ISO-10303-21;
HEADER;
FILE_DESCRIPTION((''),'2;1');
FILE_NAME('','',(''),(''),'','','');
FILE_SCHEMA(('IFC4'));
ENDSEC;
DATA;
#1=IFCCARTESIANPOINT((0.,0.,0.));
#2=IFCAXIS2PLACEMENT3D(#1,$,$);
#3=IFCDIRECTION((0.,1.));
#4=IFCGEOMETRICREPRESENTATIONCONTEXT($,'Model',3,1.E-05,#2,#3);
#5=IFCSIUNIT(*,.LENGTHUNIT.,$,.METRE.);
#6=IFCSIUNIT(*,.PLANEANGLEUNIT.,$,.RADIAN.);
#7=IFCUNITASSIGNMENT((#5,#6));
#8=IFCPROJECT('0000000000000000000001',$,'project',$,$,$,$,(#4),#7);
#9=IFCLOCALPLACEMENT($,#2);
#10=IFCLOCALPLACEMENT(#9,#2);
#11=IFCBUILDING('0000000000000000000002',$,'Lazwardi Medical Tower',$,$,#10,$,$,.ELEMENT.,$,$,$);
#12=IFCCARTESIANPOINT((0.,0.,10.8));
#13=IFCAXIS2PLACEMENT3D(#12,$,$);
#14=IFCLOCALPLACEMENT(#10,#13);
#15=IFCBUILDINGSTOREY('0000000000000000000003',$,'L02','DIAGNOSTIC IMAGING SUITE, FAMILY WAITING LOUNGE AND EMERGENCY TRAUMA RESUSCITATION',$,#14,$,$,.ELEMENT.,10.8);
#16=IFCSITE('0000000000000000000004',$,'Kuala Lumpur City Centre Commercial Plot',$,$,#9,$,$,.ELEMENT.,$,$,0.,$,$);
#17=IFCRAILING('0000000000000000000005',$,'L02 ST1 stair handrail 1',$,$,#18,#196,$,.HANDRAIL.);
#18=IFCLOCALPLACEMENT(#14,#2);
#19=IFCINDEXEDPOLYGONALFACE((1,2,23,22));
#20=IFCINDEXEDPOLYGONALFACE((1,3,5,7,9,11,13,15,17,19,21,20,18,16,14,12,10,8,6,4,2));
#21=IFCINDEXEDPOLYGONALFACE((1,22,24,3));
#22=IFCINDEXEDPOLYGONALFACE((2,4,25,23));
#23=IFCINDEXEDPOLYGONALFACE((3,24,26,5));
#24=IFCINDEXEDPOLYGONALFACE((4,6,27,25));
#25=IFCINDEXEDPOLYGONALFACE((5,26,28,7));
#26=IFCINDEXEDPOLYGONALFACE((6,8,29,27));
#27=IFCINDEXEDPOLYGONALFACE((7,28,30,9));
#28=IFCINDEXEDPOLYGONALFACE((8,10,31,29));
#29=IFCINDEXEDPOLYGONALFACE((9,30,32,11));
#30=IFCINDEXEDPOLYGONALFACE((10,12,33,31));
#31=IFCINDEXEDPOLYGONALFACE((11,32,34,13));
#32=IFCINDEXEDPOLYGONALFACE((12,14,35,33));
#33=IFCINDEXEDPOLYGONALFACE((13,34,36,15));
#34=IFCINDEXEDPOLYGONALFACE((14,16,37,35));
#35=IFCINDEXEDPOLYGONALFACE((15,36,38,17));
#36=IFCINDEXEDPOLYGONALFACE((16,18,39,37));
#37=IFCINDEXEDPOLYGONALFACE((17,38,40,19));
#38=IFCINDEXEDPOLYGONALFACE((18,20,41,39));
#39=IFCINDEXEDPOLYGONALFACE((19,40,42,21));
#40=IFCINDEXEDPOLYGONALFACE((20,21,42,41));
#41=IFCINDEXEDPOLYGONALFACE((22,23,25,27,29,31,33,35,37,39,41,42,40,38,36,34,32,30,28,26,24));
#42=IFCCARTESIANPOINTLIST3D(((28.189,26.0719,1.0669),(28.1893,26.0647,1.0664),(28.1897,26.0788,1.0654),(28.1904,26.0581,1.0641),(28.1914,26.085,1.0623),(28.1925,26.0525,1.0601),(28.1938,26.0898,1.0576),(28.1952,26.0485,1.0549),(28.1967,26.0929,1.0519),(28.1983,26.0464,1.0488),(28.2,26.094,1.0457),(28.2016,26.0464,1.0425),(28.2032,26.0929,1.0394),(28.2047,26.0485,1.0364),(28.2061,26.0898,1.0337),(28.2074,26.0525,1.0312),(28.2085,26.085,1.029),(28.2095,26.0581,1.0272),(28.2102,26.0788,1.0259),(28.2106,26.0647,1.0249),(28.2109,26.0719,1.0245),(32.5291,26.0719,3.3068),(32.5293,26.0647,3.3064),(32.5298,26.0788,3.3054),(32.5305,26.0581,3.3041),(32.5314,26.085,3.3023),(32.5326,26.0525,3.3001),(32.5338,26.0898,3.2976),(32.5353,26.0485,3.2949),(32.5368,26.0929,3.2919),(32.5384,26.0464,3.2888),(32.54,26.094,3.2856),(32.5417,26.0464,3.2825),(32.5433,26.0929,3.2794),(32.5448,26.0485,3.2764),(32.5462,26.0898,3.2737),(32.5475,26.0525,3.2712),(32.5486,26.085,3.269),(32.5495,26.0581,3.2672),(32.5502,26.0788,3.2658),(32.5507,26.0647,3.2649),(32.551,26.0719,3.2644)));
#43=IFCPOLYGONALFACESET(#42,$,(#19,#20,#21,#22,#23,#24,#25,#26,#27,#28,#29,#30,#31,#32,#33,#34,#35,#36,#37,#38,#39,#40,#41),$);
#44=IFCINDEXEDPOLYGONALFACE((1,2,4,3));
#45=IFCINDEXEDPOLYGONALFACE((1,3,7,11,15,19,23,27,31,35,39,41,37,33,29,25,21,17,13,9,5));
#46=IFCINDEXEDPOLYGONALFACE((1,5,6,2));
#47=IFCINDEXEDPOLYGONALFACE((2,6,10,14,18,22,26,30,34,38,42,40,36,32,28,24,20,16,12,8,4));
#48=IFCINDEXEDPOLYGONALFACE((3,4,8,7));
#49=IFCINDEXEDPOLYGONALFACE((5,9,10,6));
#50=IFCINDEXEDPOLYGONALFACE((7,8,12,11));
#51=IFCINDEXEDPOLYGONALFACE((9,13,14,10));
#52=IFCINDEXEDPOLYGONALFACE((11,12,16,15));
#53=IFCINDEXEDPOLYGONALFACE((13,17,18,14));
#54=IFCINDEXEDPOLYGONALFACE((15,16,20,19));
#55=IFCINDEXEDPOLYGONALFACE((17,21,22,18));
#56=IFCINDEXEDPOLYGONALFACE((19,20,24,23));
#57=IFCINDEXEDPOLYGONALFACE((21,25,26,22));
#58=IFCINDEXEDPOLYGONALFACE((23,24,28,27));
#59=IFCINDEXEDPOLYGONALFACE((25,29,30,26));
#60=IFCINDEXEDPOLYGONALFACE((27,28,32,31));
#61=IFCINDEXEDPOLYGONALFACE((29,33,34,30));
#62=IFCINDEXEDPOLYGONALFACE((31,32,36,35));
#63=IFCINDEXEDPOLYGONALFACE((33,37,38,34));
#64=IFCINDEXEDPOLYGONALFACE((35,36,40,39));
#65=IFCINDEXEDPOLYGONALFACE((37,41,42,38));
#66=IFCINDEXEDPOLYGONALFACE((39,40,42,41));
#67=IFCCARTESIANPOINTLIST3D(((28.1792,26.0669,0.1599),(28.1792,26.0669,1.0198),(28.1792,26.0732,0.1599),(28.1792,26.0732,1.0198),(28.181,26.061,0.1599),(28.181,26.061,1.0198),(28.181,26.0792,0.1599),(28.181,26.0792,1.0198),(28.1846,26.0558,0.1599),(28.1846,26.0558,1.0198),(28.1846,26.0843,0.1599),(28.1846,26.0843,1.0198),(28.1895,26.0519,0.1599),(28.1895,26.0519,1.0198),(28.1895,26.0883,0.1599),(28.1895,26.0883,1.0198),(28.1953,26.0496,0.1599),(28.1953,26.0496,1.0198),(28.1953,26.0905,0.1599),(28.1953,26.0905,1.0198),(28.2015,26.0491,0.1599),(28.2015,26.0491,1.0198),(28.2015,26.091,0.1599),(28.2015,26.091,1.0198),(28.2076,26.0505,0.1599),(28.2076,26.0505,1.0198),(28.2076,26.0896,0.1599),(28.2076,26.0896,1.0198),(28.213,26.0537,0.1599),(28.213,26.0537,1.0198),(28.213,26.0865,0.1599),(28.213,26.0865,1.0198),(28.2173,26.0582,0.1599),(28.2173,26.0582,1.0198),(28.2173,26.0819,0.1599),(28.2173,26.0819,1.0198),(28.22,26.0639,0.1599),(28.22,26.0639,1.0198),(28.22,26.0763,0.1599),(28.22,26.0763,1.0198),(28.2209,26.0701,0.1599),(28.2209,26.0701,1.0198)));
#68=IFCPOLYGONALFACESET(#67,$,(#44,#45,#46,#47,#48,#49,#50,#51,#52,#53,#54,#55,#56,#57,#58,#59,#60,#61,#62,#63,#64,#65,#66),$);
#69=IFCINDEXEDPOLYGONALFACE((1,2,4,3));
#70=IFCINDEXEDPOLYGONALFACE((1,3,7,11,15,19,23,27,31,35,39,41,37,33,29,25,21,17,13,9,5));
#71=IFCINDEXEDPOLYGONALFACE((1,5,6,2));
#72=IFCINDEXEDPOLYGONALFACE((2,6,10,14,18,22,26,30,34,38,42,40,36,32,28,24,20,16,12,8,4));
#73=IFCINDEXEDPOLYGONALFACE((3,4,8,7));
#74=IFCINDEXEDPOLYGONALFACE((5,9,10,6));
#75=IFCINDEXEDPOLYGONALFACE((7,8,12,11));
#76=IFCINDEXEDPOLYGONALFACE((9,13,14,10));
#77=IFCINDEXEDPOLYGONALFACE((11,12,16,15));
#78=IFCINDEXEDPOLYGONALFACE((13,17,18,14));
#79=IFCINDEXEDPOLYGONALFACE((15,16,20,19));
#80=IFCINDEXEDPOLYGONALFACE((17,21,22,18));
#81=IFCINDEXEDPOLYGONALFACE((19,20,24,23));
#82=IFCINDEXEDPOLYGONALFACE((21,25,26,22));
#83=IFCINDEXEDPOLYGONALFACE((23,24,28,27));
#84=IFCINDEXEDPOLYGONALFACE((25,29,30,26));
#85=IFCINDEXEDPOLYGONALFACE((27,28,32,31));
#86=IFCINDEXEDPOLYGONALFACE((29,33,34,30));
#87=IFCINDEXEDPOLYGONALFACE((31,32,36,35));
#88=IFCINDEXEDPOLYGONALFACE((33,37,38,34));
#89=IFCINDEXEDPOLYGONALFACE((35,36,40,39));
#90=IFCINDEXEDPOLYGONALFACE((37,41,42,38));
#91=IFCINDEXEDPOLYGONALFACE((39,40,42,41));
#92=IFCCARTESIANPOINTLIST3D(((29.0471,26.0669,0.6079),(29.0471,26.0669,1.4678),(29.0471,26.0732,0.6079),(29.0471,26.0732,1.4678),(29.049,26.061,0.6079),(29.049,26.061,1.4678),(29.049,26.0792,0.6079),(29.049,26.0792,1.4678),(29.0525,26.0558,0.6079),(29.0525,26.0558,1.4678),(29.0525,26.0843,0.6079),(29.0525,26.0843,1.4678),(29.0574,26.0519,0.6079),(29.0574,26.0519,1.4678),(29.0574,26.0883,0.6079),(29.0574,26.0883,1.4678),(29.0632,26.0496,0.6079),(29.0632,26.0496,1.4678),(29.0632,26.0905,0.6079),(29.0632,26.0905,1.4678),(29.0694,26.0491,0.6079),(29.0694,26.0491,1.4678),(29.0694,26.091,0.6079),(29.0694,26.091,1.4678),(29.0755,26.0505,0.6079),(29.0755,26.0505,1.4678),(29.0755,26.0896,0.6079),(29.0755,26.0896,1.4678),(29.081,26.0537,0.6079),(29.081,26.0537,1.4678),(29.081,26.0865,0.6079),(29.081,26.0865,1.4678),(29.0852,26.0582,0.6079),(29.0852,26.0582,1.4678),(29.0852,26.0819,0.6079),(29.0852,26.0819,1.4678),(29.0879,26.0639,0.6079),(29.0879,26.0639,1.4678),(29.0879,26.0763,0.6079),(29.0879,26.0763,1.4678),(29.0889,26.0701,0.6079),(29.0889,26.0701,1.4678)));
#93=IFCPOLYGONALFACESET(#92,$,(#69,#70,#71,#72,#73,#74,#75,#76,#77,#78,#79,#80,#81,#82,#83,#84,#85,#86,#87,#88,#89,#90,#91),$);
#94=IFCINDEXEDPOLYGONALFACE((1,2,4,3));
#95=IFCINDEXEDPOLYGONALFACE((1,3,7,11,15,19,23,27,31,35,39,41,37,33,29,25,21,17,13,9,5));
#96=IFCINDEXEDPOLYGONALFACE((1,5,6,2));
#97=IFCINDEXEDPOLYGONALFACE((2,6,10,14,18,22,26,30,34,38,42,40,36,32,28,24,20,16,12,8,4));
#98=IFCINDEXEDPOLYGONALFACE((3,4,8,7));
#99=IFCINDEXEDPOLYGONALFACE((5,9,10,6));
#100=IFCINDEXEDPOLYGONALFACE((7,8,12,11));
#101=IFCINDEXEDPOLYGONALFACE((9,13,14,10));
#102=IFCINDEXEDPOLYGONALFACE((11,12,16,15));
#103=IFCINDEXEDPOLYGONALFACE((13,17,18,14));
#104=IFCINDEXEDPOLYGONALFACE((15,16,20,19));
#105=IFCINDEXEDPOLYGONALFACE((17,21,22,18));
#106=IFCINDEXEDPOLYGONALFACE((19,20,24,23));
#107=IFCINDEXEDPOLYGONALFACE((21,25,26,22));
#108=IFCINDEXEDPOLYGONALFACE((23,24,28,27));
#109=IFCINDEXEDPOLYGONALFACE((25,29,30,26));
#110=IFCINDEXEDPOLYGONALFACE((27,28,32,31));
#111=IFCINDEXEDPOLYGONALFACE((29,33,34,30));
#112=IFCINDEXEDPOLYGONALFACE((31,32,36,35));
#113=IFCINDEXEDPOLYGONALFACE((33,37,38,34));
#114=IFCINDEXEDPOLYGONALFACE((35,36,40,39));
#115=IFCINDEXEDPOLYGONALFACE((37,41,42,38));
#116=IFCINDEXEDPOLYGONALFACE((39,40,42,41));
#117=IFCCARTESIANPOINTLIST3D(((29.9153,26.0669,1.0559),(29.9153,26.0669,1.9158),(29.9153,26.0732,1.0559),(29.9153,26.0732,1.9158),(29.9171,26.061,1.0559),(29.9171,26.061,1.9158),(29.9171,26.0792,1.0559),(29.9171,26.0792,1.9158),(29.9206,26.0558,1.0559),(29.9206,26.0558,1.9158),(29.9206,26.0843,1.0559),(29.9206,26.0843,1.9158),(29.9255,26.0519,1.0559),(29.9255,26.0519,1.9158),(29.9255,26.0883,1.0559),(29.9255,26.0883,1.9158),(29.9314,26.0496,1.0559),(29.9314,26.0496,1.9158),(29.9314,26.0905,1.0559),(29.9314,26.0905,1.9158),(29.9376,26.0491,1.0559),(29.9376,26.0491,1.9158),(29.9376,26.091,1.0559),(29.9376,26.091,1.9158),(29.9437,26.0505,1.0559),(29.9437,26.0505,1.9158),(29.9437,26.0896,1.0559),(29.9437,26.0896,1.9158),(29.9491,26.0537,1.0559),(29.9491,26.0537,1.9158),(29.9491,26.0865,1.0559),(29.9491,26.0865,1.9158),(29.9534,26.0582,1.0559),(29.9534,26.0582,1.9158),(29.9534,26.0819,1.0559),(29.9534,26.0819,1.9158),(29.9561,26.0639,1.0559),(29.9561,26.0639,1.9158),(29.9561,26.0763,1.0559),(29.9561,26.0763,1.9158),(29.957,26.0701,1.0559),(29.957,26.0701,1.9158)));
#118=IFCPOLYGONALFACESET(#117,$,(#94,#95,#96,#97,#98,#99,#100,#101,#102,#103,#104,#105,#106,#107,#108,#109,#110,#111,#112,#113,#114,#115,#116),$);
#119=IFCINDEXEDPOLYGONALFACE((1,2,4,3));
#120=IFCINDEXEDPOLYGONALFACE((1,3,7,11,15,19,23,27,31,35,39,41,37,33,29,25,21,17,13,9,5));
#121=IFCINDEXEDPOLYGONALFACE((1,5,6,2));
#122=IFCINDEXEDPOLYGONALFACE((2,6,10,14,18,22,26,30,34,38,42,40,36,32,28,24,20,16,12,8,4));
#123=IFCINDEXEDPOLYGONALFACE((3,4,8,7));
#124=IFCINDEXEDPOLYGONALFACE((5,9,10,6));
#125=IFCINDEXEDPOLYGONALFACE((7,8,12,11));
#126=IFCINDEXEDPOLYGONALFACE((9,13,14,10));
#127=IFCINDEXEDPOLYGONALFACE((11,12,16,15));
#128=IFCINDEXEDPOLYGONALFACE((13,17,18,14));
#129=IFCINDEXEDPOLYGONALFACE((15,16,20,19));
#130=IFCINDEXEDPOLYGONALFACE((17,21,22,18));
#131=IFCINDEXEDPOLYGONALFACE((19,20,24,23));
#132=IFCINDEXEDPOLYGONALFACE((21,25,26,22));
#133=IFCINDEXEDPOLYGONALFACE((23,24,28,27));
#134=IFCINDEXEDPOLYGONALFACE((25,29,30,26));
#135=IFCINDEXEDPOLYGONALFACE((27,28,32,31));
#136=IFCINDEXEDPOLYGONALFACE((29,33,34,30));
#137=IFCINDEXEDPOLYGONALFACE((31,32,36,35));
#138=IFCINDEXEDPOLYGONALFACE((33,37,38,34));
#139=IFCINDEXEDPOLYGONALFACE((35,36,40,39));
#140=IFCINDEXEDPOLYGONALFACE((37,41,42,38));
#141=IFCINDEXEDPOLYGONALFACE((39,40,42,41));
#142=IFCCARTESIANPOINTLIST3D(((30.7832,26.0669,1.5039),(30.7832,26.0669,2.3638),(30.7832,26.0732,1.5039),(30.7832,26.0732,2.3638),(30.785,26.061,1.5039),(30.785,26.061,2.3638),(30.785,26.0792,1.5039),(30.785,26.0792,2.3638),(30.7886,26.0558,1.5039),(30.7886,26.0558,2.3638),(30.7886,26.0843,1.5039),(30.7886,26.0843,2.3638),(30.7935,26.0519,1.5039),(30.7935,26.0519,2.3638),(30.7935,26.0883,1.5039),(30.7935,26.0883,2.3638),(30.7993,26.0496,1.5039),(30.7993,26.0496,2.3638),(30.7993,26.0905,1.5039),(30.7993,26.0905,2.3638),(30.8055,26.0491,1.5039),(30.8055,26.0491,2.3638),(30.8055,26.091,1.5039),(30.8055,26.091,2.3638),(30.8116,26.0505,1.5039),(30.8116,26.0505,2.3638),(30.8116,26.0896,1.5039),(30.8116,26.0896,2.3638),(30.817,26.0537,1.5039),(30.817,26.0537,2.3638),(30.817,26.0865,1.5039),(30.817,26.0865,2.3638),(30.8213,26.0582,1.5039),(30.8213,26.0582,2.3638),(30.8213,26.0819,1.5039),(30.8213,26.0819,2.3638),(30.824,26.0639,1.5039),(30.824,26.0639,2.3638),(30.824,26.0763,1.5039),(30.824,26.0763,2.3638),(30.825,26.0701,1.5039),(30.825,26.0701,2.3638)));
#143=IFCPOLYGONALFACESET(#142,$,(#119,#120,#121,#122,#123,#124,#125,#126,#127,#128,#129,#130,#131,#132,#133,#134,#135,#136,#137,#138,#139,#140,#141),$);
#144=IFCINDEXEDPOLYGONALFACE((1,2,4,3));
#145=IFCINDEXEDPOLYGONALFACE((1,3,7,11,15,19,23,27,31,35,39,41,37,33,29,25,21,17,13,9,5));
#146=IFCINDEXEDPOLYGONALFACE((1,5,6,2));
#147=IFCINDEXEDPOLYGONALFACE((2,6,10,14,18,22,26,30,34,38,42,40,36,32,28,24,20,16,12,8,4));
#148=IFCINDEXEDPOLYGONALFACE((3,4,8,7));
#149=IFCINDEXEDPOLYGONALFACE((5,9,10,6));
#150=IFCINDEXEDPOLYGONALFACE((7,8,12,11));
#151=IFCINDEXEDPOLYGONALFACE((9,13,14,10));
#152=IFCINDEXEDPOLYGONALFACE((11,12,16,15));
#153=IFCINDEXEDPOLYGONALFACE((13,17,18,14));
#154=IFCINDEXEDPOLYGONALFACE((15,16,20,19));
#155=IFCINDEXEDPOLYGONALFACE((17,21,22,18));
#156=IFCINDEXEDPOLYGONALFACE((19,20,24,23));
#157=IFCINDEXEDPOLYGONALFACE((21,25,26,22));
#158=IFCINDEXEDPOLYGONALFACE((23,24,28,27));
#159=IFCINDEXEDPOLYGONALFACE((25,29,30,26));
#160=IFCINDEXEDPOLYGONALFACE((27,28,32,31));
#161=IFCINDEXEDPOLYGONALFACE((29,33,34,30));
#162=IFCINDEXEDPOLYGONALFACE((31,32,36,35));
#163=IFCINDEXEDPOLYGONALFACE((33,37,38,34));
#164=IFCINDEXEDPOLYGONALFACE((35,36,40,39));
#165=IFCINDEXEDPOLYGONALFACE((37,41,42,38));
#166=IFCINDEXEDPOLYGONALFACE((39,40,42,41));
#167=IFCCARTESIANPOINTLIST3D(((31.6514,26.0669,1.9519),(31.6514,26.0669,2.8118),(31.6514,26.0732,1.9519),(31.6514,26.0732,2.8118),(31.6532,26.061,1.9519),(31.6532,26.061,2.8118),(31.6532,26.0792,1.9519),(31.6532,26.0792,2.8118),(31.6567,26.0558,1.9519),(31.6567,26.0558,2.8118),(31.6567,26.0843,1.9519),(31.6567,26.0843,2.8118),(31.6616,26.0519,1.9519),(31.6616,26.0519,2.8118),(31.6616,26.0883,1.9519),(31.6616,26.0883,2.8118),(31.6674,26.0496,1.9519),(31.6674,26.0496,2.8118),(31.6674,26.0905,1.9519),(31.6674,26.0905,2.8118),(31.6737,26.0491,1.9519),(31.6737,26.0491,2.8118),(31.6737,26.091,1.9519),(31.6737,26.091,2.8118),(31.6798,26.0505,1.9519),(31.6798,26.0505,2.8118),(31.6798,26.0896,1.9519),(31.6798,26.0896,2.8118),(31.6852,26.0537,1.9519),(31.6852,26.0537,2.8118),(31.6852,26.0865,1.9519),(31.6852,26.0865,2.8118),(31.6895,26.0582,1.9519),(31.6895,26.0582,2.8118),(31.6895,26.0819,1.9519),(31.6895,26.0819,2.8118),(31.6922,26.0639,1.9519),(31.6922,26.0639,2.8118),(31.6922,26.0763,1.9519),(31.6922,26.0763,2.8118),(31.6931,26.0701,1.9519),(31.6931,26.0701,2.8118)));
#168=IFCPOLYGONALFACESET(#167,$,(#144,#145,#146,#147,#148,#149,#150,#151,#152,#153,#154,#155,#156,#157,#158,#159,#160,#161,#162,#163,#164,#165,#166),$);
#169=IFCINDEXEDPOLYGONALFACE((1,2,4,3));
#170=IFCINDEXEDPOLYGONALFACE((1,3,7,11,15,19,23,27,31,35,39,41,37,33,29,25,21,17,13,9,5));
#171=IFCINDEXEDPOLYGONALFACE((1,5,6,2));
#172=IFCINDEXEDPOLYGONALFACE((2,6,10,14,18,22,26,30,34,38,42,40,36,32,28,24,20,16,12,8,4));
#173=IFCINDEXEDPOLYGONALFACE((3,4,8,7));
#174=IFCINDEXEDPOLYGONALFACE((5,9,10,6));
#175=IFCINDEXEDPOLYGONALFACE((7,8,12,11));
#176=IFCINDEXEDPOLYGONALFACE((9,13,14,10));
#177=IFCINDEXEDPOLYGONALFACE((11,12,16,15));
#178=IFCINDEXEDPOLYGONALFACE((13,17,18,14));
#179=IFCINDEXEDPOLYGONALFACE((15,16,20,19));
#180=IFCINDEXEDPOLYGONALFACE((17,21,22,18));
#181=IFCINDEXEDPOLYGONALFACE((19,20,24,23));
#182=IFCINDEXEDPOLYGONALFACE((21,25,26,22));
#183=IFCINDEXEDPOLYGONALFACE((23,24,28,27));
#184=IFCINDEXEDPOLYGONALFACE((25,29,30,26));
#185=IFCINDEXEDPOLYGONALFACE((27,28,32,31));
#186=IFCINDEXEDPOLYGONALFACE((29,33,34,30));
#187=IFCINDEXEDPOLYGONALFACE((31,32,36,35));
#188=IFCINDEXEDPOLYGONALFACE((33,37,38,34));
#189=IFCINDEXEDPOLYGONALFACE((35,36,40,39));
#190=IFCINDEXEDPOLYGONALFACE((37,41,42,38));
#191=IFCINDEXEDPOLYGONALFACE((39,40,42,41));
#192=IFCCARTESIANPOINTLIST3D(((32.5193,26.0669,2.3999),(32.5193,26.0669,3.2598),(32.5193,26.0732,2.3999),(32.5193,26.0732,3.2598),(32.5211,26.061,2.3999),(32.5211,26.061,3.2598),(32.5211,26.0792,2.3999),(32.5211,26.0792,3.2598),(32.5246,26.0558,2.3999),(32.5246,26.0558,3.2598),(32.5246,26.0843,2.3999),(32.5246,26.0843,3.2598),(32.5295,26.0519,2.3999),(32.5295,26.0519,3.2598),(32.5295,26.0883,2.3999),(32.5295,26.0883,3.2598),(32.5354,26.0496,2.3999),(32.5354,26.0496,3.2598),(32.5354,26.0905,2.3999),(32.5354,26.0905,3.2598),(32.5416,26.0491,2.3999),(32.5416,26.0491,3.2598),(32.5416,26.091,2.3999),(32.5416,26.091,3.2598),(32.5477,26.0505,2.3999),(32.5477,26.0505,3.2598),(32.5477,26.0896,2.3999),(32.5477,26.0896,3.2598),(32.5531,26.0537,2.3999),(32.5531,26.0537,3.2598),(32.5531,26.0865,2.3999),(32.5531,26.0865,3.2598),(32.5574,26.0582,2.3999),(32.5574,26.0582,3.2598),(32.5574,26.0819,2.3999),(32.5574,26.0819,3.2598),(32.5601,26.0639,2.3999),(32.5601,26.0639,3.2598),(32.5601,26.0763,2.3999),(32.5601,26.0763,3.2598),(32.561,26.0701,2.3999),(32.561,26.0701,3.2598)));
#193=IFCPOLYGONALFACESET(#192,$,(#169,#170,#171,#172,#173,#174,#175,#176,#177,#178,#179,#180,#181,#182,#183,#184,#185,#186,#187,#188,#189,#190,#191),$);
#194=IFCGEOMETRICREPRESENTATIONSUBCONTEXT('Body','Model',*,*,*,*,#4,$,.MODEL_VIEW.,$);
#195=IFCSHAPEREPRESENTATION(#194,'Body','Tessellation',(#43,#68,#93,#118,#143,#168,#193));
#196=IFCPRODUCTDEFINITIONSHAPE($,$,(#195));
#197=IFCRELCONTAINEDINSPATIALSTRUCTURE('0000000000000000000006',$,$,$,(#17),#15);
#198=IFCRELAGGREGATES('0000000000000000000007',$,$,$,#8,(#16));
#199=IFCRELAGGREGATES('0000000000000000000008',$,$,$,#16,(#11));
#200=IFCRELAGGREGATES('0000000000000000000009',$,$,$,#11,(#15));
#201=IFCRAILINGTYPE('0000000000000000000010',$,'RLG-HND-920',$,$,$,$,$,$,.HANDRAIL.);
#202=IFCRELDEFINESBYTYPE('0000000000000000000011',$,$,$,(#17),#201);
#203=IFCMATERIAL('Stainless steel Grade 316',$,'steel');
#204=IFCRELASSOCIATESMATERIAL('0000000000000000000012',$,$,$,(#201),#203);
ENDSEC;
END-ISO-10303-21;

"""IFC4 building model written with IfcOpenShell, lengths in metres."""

from ifc_helpers import new_model, si_unit, direction, frame, origin, origin_2d, place, context, subcontext, project, spatial, circle, extrude, material, type_object, element, save


model = new_model("IFC4")

# Units and contexts
model_context = context("Model", 3, precision=1e-05, world=origin(), true_north=direction((0.0, 1.0)))
body_context = subcontext(model_context, "Body", "Model", "MODEL_VIEW")
ifc_project = project(units=[si_unit("LENGTHUNIT", "METRE"), si_unit("PLANEANGLEUNIT", "RADIAN")], contexts=[model_context])

# Site, building, storey
site_placement = place(None, origin())
site = spatial("IfcSite", under=ifc_project, at=site_placement, Name="Kuala Lumpur City Centre Commercial Plot", CompositionType="ELEMENT", RefElevation=0.0)
building_placement = place(site_placement, origin())
building = spatial("IfcBuilding", under=site, at=building_placement, Name="Lazwardi Medical Tower", CompositionType="ELEMENT")
storey_placement = place(building_placement, frame((0.0, 0.0, 10.8)))
storey = spatial("IfcBuildingStorey", under=building, at=storey_placement, Name="L02", Description="DIAGNOSTIC IMAGING SUITE, FAMILY WAITING LOUNGE AND EMERGENCY TRAUMA RESUSCITATION", CompositionType="ELEMENT", Elevation=10.8)

# Railing
ifc_material_1 = material(Name="Stainless steel Grade 316", Category="steel")
railing_type_1 = type_object("IfcRailingType", Name="RLG-HND-920", PredefinedType="HANDRAIL", material=ifc_material_1)
railing_1_placement = place(storey_placement, frame((28.2, 26.0701, 0.1599)))
element("IfcRailing", 1, at=railing_1_placement, inside=storey, type_object=railing_type_1, Name="L02 ST1 stair handrail 1", PredefinedType="HANDRAIL", context=body_context, shape_type="SweptSolid", body=[
    extrude(circle(Radius=0.0239, at=origin_2d()), frame((0.0, 0.0, 0.8857), z_axis=(0.888625, 0.0, 0.458634), x_axis=(0.0, 1.0, 0.0)), (0.0, 0.0, 1.0), 4.884),
    extrude(circle(Radius=0.021, at=origin_2d()), origin(), (0.0, 0.0, 1.0), 0.8599),
    extrude(circle(Radius=0.021, at=origin_2d()), frame((0.8679, 0.0, 0.448)), (0.0, 0.0, 1.0), 0.8599),
    extrude(circle(Radius=0.021, at=origin_2d()), frame((1.7361, 0.0, 0.896)), (0.0, 0.0, 1.0), 0.8599),
    extrude(circle(Radius=0.021, at=origin_2d()), frame((2.604, 0.0, 1.344)), (0.0, 0.0, 1.0), 0.8599),
    extrude(circle(Radius=0.021, at=origin_2d()), frame((3.4722, 0.0, 1.792)), (0.0, 0.0, 1.0), 0.8599),
    extrude(circle(Radius=0.021, at=origin_2d()), frame((4.3401, 0.0, 2.24)), (0.0, 0.0, 1.0), 0.8599),
])

save(model, "model.ifc")
